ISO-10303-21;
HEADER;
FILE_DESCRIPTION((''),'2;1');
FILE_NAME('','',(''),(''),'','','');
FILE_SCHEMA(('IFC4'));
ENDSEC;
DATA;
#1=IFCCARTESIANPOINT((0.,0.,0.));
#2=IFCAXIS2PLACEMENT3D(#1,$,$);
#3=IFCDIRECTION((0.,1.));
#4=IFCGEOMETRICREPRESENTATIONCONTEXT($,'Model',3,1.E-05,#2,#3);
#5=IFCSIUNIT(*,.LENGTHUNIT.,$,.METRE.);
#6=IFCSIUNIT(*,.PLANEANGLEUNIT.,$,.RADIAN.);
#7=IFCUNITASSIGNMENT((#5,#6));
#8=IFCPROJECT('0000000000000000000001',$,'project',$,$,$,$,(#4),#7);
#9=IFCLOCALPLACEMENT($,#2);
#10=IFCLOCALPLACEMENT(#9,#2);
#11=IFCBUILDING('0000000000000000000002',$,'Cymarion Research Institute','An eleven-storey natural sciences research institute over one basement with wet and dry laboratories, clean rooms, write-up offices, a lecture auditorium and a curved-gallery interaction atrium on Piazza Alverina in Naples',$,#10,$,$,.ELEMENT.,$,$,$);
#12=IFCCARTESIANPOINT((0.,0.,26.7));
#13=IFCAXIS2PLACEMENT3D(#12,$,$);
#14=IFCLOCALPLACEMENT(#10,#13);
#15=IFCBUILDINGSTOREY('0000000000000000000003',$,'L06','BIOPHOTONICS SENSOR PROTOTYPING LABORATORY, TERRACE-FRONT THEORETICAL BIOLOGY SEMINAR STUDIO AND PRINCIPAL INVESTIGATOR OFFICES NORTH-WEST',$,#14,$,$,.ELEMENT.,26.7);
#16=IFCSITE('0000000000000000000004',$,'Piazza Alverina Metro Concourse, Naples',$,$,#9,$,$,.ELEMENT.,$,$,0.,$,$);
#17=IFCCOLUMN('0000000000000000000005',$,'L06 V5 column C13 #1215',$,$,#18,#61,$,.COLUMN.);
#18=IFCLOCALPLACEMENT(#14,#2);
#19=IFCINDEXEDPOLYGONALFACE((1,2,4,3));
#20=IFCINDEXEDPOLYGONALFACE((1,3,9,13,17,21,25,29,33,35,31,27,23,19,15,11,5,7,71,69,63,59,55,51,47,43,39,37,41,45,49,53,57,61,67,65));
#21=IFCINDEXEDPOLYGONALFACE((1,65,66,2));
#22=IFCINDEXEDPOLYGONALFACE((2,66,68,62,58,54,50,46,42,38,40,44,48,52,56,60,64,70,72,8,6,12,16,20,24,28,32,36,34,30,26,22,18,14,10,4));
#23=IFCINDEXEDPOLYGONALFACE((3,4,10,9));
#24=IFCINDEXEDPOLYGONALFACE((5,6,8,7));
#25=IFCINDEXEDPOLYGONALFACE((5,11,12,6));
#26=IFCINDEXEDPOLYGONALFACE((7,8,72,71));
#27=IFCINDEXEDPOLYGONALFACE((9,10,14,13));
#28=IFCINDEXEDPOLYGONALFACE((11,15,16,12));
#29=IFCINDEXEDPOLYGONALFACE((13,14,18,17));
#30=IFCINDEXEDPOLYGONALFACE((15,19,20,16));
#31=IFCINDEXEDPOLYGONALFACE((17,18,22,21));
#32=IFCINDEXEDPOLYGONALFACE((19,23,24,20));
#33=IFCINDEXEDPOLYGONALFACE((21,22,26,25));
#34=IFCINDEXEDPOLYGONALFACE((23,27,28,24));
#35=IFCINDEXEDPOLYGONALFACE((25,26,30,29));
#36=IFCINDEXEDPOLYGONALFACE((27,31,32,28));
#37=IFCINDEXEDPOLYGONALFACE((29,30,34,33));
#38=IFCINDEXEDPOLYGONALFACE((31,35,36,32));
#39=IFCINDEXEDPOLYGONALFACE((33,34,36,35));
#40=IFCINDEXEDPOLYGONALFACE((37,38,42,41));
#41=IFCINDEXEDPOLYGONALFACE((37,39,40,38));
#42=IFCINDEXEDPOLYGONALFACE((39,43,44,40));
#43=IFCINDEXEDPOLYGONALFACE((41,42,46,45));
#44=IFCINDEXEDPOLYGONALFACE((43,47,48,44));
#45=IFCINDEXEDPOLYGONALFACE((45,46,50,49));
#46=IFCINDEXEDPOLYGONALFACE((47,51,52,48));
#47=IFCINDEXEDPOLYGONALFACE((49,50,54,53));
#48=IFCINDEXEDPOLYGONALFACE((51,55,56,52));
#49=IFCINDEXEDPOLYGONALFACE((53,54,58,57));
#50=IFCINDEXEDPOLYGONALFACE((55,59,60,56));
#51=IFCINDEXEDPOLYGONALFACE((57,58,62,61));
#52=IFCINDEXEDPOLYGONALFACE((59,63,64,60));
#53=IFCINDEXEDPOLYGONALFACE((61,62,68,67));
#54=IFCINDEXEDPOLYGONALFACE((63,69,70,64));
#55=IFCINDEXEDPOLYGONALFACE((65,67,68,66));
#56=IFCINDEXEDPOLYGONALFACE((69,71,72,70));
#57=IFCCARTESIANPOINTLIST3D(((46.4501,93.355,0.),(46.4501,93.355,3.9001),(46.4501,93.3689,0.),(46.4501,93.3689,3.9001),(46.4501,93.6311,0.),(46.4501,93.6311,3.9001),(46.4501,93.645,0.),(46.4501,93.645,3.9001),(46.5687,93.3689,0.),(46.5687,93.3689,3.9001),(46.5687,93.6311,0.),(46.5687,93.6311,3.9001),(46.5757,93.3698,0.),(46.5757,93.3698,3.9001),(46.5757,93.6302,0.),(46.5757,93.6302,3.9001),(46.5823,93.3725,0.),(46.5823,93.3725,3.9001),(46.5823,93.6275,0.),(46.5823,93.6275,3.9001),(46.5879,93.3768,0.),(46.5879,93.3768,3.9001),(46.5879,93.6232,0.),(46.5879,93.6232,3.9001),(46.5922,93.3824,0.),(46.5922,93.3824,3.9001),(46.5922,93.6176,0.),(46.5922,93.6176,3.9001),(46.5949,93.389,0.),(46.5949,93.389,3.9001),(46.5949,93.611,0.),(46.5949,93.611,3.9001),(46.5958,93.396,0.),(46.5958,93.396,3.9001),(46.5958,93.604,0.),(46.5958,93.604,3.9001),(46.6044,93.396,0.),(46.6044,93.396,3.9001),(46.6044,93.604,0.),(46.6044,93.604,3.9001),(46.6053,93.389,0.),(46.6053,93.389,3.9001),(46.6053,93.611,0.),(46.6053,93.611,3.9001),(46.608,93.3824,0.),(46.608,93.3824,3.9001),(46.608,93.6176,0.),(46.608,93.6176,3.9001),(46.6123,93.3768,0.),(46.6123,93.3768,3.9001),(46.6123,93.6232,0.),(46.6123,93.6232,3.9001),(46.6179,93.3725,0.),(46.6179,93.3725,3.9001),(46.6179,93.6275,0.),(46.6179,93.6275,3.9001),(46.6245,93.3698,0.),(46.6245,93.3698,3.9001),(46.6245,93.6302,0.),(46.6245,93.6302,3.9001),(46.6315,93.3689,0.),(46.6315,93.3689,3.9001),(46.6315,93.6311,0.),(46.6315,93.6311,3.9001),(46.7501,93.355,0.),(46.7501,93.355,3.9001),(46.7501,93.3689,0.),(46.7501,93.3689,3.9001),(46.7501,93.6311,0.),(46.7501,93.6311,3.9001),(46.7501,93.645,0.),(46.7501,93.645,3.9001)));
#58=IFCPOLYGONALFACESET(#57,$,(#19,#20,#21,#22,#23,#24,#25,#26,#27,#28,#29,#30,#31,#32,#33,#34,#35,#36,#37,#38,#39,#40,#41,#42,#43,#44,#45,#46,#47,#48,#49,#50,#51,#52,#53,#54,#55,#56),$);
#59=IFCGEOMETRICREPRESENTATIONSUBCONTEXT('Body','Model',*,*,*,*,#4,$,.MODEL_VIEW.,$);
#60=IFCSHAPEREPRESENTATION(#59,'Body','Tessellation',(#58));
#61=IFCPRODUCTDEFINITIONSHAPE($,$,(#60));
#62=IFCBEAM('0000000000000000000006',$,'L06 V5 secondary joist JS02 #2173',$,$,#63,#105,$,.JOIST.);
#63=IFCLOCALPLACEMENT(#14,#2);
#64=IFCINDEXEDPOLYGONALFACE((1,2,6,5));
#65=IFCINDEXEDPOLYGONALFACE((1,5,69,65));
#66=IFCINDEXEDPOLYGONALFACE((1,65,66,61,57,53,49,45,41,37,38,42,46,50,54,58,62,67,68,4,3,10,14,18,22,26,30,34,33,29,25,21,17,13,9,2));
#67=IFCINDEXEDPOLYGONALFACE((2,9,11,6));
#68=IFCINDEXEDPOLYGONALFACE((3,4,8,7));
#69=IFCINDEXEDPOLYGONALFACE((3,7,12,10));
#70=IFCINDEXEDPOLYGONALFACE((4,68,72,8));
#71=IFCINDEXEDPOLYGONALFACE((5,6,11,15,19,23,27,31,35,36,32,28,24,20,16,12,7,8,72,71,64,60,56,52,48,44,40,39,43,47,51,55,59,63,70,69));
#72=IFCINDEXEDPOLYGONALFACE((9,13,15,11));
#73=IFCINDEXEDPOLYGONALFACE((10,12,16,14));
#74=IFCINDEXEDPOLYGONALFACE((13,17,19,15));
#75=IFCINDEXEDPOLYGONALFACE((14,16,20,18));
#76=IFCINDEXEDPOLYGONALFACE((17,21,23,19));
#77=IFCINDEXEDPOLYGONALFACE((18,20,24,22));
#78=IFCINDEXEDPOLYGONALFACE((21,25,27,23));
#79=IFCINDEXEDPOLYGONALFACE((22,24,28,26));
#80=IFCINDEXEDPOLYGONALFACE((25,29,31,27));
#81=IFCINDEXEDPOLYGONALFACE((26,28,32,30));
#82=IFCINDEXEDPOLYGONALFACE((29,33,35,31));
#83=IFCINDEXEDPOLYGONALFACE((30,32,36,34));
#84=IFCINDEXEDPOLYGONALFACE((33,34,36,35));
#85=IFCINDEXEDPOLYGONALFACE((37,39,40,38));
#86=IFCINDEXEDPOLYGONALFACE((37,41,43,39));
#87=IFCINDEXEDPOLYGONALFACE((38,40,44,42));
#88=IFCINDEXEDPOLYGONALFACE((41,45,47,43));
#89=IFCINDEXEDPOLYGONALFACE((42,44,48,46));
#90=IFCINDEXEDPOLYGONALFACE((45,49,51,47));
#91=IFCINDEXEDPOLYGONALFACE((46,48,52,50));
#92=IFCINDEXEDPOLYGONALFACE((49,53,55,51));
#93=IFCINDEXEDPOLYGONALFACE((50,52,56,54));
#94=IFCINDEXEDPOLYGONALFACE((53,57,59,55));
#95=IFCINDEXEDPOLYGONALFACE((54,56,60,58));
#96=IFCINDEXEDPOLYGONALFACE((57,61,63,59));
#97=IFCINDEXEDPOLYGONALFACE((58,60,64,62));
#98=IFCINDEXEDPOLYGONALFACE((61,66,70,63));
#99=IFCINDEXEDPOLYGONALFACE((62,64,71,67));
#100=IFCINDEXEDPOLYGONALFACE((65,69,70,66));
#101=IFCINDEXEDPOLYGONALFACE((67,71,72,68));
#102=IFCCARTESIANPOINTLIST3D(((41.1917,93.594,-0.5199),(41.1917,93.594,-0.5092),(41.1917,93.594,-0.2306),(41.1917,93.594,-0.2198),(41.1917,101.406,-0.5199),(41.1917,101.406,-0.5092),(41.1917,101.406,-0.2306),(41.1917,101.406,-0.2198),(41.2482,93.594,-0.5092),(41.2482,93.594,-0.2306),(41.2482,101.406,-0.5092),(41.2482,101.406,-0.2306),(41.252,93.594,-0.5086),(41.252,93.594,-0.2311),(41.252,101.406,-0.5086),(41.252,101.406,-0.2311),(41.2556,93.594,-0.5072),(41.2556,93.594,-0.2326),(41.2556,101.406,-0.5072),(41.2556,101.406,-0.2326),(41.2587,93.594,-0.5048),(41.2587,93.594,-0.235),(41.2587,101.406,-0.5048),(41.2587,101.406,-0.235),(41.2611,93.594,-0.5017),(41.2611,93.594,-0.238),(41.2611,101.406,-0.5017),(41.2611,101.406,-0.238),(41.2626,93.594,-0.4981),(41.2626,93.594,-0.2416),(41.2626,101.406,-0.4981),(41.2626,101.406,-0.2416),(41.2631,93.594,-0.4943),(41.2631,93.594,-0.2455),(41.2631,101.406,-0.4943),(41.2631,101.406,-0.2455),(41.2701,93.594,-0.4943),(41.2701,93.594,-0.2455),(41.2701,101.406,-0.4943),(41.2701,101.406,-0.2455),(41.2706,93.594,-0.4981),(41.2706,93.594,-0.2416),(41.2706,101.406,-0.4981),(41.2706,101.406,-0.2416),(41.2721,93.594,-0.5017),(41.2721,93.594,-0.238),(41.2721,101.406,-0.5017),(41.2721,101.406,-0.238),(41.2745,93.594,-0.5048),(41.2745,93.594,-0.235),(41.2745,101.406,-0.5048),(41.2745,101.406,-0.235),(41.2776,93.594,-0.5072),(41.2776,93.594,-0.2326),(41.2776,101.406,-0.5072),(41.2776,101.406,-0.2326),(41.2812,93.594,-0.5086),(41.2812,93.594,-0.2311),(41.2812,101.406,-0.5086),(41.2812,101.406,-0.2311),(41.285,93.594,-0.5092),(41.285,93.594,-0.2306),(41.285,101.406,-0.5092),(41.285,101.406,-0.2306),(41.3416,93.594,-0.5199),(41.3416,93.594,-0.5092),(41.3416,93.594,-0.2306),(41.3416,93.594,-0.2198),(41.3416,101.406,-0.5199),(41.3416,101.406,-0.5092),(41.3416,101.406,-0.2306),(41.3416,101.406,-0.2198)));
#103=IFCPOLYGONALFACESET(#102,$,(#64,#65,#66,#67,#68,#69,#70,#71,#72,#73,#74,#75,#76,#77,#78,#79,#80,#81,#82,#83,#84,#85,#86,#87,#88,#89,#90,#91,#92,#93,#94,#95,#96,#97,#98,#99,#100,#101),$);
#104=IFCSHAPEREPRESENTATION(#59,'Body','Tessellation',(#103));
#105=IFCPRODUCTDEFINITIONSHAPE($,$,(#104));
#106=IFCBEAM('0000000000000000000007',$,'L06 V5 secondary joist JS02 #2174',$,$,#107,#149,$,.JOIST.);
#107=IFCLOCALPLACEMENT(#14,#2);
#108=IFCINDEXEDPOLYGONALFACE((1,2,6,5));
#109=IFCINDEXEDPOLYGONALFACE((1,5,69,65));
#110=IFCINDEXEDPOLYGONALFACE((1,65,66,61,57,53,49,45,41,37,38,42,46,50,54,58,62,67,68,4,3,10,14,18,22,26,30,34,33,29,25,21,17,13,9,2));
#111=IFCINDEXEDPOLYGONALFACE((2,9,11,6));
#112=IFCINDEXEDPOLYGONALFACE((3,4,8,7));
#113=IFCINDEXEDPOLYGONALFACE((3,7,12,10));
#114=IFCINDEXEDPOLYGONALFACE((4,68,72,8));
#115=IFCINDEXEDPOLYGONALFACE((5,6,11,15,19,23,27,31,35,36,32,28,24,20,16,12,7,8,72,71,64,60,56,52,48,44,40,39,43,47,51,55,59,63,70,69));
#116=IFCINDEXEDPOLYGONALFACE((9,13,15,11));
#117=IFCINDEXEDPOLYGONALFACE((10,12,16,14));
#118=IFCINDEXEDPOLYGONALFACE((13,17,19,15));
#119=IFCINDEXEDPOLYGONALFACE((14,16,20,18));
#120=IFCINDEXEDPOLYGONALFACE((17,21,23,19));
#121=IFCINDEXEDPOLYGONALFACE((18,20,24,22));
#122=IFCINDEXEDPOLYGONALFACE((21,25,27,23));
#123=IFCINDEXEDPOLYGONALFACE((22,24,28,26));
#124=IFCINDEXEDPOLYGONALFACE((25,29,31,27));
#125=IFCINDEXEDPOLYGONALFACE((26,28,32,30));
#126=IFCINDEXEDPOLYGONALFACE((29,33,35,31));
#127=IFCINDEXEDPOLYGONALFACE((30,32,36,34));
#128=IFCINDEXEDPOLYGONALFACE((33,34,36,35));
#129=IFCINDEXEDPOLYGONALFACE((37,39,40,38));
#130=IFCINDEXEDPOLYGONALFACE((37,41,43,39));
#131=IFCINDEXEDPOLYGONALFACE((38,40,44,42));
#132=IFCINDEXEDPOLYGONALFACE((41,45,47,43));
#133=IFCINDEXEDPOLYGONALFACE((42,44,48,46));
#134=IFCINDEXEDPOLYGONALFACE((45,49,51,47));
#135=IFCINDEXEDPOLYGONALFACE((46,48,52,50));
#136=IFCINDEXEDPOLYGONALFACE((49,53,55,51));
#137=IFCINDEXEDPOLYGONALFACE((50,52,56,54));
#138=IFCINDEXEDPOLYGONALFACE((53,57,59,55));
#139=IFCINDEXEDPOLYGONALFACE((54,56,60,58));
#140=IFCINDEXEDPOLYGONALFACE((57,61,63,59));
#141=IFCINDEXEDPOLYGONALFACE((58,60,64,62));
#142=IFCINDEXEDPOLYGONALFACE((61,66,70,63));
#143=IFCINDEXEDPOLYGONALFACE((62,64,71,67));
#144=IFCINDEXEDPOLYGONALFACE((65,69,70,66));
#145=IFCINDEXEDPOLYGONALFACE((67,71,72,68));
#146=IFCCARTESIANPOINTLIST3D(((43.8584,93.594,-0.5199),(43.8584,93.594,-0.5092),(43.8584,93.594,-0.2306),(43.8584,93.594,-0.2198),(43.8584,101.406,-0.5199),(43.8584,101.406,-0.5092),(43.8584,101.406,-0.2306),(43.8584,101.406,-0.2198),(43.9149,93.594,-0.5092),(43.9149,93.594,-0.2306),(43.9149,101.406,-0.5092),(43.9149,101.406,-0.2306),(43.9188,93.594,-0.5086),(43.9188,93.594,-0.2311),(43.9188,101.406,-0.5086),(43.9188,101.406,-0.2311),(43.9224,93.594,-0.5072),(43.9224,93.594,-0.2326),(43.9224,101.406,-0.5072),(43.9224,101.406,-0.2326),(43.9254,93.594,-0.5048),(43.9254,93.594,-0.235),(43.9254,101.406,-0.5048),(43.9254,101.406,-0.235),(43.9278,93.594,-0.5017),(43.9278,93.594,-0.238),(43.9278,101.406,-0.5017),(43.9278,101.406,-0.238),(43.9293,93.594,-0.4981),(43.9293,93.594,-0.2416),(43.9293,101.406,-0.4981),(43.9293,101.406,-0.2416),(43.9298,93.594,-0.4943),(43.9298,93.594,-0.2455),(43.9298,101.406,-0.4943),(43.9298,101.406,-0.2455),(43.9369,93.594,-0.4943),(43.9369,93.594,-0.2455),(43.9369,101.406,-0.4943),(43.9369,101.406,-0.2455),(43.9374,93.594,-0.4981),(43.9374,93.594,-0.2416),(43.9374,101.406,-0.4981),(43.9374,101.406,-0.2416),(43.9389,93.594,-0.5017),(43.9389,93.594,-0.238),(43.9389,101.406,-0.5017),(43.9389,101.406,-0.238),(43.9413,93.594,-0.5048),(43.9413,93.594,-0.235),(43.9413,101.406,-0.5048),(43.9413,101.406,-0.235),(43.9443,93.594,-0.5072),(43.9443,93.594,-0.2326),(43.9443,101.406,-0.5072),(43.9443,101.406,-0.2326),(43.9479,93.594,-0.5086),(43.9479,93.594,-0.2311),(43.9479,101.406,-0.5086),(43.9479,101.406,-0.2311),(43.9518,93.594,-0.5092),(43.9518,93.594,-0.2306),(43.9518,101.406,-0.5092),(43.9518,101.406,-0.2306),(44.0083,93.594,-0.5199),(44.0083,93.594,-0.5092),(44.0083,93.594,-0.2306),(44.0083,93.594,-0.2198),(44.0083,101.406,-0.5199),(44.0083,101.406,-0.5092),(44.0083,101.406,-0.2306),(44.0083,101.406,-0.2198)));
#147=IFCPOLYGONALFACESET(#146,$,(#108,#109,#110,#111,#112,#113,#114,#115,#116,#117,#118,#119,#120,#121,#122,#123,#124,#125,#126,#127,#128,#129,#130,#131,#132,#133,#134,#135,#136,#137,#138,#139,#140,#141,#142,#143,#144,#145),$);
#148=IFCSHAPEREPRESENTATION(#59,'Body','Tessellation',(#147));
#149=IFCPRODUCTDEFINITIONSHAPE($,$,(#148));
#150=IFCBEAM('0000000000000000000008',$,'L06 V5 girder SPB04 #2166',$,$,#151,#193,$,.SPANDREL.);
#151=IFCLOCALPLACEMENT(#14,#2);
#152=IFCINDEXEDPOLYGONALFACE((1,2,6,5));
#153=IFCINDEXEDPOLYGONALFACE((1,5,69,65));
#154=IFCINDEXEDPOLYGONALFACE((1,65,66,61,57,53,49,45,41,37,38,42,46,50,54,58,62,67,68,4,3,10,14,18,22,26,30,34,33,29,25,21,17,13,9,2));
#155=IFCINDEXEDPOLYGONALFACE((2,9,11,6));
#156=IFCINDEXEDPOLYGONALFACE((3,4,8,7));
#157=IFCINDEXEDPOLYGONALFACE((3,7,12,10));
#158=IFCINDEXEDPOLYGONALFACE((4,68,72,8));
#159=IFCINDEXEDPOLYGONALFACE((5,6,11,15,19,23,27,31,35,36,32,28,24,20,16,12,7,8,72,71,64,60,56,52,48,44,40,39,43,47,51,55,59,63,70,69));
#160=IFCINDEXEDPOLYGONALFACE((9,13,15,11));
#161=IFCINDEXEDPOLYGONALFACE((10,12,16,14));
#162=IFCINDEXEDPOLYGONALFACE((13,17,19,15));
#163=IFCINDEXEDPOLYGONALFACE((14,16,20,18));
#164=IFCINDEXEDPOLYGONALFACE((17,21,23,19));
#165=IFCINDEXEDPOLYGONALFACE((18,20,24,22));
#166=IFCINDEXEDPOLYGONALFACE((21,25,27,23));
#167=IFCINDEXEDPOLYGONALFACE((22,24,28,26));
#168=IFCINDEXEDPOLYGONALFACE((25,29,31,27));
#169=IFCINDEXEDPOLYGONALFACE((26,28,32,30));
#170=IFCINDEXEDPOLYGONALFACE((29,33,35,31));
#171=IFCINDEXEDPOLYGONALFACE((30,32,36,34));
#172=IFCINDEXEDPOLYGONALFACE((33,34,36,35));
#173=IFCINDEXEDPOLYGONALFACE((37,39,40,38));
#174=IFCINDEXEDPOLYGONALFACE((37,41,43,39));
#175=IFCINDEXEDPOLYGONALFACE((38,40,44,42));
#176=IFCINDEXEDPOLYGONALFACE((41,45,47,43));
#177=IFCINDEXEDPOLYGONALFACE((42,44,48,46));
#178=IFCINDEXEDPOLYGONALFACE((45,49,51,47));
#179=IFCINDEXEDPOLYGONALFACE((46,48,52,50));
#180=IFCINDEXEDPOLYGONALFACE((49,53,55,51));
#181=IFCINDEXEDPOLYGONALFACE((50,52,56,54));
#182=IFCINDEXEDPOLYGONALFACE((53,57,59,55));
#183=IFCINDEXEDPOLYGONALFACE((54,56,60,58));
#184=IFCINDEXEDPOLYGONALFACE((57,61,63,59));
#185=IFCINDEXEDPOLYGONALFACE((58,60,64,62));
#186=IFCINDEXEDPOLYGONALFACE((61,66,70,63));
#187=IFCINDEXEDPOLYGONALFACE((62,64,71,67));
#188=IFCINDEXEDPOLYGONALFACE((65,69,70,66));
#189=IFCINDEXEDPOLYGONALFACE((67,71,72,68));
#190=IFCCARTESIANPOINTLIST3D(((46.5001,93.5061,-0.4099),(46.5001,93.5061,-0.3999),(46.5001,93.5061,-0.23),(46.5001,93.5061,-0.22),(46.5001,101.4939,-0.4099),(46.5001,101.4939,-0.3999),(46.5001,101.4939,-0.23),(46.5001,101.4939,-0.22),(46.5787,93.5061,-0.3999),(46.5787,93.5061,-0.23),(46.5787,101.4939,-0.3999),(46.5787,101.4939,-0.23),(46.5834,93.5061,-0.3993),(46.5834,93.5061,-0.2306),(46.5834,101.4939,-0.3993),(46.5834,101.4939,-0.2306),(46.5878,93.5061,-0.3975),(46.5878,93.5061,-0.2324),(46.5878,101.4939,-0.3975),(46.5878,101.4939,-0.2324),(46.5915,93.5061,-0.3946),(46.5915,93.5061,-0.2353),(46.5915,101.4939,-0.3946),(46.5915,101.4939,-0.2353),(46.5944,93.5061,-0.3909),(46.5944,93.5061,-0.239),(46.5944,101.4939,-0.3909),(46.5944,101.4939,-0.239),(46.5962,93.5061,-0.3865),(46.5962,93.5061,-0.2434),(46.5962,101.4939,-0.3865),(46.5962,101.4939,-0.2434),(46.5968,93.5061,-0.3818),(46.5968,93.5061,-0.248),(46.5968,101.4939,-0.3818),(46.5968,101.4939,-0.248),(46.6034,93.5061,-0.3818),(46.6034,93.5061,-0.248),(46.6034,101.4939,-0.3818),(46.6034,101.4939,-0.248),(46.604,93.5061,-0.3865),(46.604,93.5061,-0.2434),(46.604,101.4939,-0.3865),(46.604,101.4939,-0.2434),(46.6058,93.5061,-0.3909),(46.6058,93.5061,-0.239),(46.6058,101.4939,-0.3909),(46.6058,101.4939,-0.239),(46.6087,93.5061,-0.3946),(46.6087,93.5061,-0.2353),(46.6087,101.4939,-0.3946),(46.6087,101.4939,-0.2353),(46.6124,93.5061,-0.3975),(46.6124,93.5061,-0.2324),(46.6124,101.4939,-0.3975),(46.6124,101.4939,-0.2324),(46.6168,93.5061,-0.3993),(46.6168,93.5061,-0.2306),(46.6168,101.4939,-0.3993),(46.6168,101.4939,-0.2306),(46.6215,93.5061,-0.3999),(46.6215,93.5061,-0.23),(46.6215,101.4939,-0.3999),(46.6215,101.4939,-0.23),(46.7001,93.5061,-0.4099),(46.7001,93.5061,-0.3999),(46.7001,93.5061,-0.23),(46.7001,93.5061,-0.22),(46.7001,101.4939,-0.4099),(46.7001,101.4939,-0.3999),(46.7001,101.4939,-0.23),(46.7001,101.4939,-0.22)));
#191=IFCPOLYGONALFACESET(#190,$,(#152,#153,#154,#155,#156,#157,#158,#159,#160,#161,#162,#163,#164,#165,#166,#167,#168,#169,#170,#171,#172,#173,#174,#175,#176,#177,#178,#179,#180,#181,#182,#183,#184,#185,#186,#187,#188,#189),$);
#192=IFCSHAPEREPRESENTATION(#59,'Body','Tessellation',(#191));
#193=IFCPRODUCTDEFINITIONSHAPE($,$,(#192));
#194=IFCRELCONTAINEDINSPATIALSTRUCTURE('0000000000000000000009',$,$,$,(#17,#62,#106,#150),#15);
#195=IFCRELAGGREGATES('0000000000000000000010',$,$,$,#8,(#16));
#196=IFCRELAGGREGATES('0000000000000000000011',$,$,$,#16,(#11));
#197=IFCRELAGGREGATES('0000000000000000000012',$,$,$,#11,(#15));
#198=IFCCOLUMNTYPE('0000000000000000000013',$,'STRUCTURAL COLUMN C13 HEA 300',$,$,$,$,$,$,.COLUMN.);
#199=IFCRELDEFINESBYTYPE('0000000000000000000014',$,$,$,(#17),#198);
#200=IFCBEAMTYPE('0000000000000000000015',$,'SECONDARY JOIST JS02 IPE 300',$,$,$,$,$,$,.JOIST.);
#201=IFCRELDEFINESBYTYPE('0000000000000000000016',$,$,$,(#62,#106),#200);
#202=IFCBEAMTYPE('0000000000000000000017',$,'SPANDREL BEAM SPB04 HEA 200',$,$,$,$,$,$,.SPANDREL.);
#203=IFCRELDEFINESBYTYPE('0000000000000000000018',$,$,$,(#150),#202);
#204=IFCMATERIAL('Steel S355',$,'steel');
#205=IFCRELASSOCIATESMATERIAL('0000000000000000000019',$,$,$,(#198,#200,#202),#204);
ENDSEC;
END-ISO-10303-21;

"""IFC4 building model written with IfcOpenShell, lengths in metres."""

from ifc_helpers import new_model, si_unit, direction, frame, origin, origin_2d, place, context, subcontext, project, spatial, i_section, extrude, material, material_profile, profile_set, type_object, element, save


model = new_model("IFC4")

# Units and contexts
model_context = context("Model", 3, precision=1e-05, world=origin(), true_north=direction((0.0, 1.0)))
body_context = subcontext(model_context, "Body", "Model", "MODEL_VIEW")
ifc_project = project(units=[si_unit("LENGTHUNIT", "METRE"), si_unit("PLANEANGLEUNIT", "RADIAN")], contexts=[model_context])

# Site, building, storey
site_placement = place(None, origin())
site = spatial("IfcSite", under=ifc_project, at=site_placement, Name="Piazza Alverina Metro Concourse, Naples", CompositionType="ELEMENT", RefElevation=0.0)
building_placement = place(site_placement, origin())
building = spatial("IfcBuilding", under=site, at=building_placement, Name="Cymarion Research Institute", Description="An eleven-storey natural sciences research institute over one basement with wet and dry laboratories, clean rooms, write-up offices, a lecture auditorium and a curved-gallery interaction atrium on Piazza Alverina in Naples", CompositionType="ELEMENT")
storey_placement = place(building_placement, frame((0.0, 0.0, 26.7)))
storey = spatial("IfcBuildingStorey", under=building, at=storey_placement, Name="L06", Description="BIOPHOTONICS SENSOR PROTOTYPING LABORATORY, TERRACE-FRONT THEORETICAL BIOLOGY SEMINAR STUDIO AND PRINCIPAL INVESTIGATOR OFFICES NORTH-WEST", CompositionType="ELEMENT", Elevation=26.7)

# Column
ifc_material_1 = material(Name="Steel S355", Category="steel")
ifc_material_profile_1 = material_profile(ifc_material_1, i_section(OverallWidth=0.3, OverallDepth=0.29, WebThickness=0.0085, FlangeThickness=0.0139, FilletRadius=0.0271, at=origin_2d()), Name="HEA 300")
ifc_profile_set_1 = profile_set([ifc_material_profile_1], Name="Steel S355")
column_type = type_object("IfcColumnType", Name="STRUCTURAL COLUMN C13 HEA 300", PredefinedType="COLUMN", material=ifc_profile_set_1)
column_placement = place(storey_placement, frame((46.6001, 93.5, 0.0), z_axis=(0.0, 0.0, 1.0), x_axis=(1.0, 0.0, 0.0)))
element("IfcColumn", 1, at=column_placement, inside=storey, type_object=column_type, Name="L06 V5 column C13 #1215", PredefinedType="COLUMN", context=body_context, shape_type="SweptSolid", body=[
    extrude(i_section(OverallWidth=0.3, OverallDepth=0.29, WebThickness=0.0085, FlangeThickness=0.0139, FilletRadius=0.0271, at=origin_2d()), origin(), (0.0, 0.0, 1.0), 3.9001),
])

# Beams
ifc_material_profile_2 = material_profile(ifc_material_1, i_section(OverallWidth=0.1499, OverallDepth=0.3, WebThickness=0.0071, FlangeThickness=0.0107, FilletRadius=0.0149, at=origin_2d()), Name="IPE 300")
ifc_profile_set_2 = profile_set([ifc_material_profile_2], Name="Steel S355")
beam_type_1 = type_object("IfcBeamType", Name="SECONDARY JOIST JS02 IPE 300", PredefinedType="JOIST", material=ifc_profile_set_2)
for number, where, z_axis, x_axis, name in (
    (2, (41.2666, 93.594, -0.3699), (0.0, 1.0, 0.0), (-1.0, 0.0, 0.0), "L06 V5 secondary joist JS02 #2173"),
    (3, (43.9333, 93.594, -0.3699), (0.0, 1.0, 0.0), (-1.0, 0.0, 0.0), "L06 V5 secondary joist JS02 #2174"),
):
    element("IfcBeam", number, at=place(storey_placement, frame(where, z_axis=z_axis, x_axis=x_axis)), inside=storey, type_object=beam_type_1, Name=name, PredefinedType="JOIST", context=body_context, shape_type="SweptSolid", body=[
        extrude(i_section(OverallWidth=0.1499, OverallDepth=0.3, WebThickness=0.0071, FlangeThickness=0.0107, FilletRadius=0.0149, at=origin_2d()), origin(), (0.0, 0.0, 1.0), 7.812),
    ])
ifc_material_profile_3 = material_profile(ifc_material_1, i_section(OverallWidth=0.2, OverallDepth=0.1899, WebThickness=0.0066, FlangeThickness=0.01, FilletRadius=0.0181, at=origin_2d()), Name="HEA 200")
ifc_profile_set_3 = profile_set([ifc_material_profile_3], Name="Steel S355")
beam_type_2 = type_object("IfcBeamType", Name="SPANDREL BEAM SPB04 HEA 200", PredefinedType="SPANDREL", material=ifc_profile_set_3)
beam_placement = place(storey_placement, frame((46.6001, 93.5061, -0.3149), z_axis=(0.0, 1.0, 0.0), x_axis=(-1.0, 0.0, 0.0)))
element("IfcBeam", 4, at=beam_placement, inside=storey, type_object=beam_type_2, Name="L06 V5 girder SPB04 #2166", PredefinedType="SPANDREL", context=body_context, shape_type="SweptSolid", body=[
    extrude(i_section(OverallWidth=0.2, OverallDepth=0.1899, WebThickness=0.0066, FlangeThickness=0.01, FilletRadius=0.0181, at=origin_2d()), origin(), (0.0, 0.0, 1.0), 7.9878),
])

save(model, "model.ifc")
